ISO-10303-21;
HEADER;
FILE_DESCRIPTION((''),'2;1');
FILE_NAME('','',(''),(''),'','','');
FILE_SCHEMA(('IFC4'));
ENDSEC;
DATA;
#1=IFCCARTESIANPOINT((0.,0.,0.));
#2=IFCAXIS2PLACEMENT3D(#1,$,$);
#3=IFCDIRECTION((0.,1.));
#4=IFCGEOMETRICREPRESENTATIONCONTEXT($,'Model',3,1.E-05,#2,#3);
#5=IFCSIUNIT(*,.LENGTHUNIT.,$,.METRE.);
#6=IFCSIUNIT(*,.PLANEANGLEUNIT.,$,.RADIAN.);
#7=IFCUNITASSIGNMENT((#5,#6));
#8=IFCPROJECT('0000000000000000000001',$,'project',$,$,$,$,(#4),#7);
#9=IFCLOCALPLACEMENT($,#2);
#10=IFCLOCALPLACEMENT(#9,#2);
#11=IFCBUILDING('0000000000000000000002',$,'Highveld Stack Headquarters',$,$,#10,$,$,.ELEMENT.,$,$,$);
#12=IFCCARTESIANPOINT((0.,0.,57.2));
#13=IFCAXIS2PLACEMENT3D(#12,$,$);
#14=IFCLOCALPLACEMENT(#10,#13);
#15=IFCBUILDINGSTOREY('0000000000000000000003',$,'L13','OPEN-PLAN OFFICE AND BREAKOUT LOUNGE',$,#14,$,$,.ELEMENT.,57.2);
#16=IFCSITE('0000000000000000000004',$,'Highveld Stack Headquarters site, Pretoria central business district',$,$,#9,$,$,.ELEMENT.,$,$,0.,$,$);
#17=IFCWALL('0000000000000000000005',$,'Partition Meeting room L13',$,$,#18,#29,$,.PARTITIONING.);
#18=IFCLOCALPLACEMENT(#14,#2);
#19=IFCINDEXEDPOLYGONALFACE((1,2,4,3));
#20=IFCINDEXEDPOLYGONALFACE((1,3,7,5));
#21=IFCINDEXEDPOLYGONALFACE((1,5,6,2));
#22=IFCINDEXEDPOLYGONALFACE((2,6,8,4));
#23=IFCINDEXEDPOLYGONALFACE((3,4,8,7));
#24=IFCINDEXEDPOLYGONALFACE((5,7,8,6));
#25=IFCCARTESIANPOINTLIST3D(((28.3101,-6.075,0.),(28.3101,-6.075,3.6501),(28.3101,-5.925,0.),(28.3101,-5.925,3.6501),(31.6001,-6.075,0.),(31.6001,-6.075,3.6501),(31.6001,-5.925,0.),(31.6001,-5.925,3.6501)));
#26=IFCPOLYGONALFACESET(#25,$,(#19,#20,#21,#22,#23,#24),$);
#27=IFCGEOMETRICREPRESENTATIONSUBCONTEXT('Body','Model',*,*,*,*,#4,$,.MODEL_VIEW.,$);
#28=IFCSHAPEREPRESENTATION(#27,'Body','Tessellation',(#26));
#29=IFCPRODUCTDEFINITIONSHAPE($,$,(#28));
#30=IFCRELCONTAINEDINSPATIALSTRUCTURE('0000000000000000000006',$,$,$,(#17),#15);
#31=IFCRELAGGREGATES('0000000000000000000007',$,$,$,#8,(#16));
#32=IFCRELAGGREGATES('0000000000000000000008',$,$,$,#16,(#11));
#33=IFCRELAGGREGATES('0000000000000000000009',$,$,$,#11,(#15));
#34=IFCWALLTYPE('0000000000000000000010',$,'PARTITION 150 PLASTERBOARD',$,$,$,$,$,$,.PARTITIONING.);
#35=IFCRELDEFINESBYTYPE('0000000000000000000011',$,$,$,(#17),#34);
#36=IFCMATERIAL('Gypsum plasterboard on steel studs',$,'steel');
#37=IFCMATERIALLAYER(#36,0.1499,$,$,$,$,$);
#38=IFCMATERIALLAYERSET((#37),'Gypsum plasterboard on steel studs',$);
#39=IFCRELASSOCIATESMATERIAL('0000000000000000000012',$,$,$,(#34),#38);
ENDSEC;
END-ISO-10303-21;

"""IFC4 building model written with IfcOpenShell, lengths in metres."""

from ifc_helpers import new_model, si_unit, direction, frame, frame_2d, origin, place, context, subcontext, project, spatial, rectangle, extrude, material, layer, layer_set, type_object, element, save


model = new_model("IFC4")

# Units and contexts
model_context = context("Model", 3, precision=1e-05, world=origin(), true_north=direction((0.0, 1.0)))
body_context = subcontext(model_context, "Body", "Model", "MODEL_VIEW")
ifc_project = project(units=[si_unit("LENGTHUNIT", "METRE"), si_unit("PLANEANGLEUNIT", "RADIAN")], contexts=[model_context])

# Site, building, storey
site_placement = place(None, origin())
site = spatial("IfcSite", under=ifc_project, at=site_placement, Name="Highveld Stack Headquarters site, Pretoria central business district", CompositionType="ELEMENT", RefElevation=0.0)
building_placement = place(site_placement, origin())
building = spatial("IfcBuilding", under=site, at=building_placement, Name="Highveld Stack Headquarters", CompositionType="ELEMENT")
storey_placement = place(building_placement, frame((0.0, 0.0, 57.2)))
storey = spatial("IfcBuildingStorey", under=building, at=storey_placement, Name="L13", Description="OPEN-PLAN OFFICE AND BREAKOUT LOUNGE", CompositionType="ELEMENT", Elevation=57.2)

# Wall
ifc_material_1 = material(Name="Gypsum plasterboard on steel studs", Category="steel")
ifc_layer_1 = layer(ifc_material_1, 0.1499)
ifc_layer_set_1 = layer_set([ifc_layer_1], Name="Gypsum plasterboard on steel studs")
wall_type_1 = type_object("IfcWallType", Name="PARTITION 150 PLASTERBOARD", PredefinedType="PARTITIONING", material=ifc_layer_set_1)
wall_1_placement = place(storey_placement, frame((28.3101, -6.0, 0.0), z_axis=(0.0, 0.0, 1.0), x_axis=(1.0, 0.0, 0.0)))
element("IfcWall", 1, at=wall_1_placement, inside=storey, type_object=wall_type_1, Name="Partition Meeting room L13", PredefinedType="PARTITIONING", context=body_context, shape_type="SweptSolid", body=[
    extrude(rectangle(XDim=3.29, YDim=0.1499, at=frame_2d((1.645, 0.0))), origin(), (0.0, 0.0, 1.0), 3.6501),
])

save(model, "model.ifc")
